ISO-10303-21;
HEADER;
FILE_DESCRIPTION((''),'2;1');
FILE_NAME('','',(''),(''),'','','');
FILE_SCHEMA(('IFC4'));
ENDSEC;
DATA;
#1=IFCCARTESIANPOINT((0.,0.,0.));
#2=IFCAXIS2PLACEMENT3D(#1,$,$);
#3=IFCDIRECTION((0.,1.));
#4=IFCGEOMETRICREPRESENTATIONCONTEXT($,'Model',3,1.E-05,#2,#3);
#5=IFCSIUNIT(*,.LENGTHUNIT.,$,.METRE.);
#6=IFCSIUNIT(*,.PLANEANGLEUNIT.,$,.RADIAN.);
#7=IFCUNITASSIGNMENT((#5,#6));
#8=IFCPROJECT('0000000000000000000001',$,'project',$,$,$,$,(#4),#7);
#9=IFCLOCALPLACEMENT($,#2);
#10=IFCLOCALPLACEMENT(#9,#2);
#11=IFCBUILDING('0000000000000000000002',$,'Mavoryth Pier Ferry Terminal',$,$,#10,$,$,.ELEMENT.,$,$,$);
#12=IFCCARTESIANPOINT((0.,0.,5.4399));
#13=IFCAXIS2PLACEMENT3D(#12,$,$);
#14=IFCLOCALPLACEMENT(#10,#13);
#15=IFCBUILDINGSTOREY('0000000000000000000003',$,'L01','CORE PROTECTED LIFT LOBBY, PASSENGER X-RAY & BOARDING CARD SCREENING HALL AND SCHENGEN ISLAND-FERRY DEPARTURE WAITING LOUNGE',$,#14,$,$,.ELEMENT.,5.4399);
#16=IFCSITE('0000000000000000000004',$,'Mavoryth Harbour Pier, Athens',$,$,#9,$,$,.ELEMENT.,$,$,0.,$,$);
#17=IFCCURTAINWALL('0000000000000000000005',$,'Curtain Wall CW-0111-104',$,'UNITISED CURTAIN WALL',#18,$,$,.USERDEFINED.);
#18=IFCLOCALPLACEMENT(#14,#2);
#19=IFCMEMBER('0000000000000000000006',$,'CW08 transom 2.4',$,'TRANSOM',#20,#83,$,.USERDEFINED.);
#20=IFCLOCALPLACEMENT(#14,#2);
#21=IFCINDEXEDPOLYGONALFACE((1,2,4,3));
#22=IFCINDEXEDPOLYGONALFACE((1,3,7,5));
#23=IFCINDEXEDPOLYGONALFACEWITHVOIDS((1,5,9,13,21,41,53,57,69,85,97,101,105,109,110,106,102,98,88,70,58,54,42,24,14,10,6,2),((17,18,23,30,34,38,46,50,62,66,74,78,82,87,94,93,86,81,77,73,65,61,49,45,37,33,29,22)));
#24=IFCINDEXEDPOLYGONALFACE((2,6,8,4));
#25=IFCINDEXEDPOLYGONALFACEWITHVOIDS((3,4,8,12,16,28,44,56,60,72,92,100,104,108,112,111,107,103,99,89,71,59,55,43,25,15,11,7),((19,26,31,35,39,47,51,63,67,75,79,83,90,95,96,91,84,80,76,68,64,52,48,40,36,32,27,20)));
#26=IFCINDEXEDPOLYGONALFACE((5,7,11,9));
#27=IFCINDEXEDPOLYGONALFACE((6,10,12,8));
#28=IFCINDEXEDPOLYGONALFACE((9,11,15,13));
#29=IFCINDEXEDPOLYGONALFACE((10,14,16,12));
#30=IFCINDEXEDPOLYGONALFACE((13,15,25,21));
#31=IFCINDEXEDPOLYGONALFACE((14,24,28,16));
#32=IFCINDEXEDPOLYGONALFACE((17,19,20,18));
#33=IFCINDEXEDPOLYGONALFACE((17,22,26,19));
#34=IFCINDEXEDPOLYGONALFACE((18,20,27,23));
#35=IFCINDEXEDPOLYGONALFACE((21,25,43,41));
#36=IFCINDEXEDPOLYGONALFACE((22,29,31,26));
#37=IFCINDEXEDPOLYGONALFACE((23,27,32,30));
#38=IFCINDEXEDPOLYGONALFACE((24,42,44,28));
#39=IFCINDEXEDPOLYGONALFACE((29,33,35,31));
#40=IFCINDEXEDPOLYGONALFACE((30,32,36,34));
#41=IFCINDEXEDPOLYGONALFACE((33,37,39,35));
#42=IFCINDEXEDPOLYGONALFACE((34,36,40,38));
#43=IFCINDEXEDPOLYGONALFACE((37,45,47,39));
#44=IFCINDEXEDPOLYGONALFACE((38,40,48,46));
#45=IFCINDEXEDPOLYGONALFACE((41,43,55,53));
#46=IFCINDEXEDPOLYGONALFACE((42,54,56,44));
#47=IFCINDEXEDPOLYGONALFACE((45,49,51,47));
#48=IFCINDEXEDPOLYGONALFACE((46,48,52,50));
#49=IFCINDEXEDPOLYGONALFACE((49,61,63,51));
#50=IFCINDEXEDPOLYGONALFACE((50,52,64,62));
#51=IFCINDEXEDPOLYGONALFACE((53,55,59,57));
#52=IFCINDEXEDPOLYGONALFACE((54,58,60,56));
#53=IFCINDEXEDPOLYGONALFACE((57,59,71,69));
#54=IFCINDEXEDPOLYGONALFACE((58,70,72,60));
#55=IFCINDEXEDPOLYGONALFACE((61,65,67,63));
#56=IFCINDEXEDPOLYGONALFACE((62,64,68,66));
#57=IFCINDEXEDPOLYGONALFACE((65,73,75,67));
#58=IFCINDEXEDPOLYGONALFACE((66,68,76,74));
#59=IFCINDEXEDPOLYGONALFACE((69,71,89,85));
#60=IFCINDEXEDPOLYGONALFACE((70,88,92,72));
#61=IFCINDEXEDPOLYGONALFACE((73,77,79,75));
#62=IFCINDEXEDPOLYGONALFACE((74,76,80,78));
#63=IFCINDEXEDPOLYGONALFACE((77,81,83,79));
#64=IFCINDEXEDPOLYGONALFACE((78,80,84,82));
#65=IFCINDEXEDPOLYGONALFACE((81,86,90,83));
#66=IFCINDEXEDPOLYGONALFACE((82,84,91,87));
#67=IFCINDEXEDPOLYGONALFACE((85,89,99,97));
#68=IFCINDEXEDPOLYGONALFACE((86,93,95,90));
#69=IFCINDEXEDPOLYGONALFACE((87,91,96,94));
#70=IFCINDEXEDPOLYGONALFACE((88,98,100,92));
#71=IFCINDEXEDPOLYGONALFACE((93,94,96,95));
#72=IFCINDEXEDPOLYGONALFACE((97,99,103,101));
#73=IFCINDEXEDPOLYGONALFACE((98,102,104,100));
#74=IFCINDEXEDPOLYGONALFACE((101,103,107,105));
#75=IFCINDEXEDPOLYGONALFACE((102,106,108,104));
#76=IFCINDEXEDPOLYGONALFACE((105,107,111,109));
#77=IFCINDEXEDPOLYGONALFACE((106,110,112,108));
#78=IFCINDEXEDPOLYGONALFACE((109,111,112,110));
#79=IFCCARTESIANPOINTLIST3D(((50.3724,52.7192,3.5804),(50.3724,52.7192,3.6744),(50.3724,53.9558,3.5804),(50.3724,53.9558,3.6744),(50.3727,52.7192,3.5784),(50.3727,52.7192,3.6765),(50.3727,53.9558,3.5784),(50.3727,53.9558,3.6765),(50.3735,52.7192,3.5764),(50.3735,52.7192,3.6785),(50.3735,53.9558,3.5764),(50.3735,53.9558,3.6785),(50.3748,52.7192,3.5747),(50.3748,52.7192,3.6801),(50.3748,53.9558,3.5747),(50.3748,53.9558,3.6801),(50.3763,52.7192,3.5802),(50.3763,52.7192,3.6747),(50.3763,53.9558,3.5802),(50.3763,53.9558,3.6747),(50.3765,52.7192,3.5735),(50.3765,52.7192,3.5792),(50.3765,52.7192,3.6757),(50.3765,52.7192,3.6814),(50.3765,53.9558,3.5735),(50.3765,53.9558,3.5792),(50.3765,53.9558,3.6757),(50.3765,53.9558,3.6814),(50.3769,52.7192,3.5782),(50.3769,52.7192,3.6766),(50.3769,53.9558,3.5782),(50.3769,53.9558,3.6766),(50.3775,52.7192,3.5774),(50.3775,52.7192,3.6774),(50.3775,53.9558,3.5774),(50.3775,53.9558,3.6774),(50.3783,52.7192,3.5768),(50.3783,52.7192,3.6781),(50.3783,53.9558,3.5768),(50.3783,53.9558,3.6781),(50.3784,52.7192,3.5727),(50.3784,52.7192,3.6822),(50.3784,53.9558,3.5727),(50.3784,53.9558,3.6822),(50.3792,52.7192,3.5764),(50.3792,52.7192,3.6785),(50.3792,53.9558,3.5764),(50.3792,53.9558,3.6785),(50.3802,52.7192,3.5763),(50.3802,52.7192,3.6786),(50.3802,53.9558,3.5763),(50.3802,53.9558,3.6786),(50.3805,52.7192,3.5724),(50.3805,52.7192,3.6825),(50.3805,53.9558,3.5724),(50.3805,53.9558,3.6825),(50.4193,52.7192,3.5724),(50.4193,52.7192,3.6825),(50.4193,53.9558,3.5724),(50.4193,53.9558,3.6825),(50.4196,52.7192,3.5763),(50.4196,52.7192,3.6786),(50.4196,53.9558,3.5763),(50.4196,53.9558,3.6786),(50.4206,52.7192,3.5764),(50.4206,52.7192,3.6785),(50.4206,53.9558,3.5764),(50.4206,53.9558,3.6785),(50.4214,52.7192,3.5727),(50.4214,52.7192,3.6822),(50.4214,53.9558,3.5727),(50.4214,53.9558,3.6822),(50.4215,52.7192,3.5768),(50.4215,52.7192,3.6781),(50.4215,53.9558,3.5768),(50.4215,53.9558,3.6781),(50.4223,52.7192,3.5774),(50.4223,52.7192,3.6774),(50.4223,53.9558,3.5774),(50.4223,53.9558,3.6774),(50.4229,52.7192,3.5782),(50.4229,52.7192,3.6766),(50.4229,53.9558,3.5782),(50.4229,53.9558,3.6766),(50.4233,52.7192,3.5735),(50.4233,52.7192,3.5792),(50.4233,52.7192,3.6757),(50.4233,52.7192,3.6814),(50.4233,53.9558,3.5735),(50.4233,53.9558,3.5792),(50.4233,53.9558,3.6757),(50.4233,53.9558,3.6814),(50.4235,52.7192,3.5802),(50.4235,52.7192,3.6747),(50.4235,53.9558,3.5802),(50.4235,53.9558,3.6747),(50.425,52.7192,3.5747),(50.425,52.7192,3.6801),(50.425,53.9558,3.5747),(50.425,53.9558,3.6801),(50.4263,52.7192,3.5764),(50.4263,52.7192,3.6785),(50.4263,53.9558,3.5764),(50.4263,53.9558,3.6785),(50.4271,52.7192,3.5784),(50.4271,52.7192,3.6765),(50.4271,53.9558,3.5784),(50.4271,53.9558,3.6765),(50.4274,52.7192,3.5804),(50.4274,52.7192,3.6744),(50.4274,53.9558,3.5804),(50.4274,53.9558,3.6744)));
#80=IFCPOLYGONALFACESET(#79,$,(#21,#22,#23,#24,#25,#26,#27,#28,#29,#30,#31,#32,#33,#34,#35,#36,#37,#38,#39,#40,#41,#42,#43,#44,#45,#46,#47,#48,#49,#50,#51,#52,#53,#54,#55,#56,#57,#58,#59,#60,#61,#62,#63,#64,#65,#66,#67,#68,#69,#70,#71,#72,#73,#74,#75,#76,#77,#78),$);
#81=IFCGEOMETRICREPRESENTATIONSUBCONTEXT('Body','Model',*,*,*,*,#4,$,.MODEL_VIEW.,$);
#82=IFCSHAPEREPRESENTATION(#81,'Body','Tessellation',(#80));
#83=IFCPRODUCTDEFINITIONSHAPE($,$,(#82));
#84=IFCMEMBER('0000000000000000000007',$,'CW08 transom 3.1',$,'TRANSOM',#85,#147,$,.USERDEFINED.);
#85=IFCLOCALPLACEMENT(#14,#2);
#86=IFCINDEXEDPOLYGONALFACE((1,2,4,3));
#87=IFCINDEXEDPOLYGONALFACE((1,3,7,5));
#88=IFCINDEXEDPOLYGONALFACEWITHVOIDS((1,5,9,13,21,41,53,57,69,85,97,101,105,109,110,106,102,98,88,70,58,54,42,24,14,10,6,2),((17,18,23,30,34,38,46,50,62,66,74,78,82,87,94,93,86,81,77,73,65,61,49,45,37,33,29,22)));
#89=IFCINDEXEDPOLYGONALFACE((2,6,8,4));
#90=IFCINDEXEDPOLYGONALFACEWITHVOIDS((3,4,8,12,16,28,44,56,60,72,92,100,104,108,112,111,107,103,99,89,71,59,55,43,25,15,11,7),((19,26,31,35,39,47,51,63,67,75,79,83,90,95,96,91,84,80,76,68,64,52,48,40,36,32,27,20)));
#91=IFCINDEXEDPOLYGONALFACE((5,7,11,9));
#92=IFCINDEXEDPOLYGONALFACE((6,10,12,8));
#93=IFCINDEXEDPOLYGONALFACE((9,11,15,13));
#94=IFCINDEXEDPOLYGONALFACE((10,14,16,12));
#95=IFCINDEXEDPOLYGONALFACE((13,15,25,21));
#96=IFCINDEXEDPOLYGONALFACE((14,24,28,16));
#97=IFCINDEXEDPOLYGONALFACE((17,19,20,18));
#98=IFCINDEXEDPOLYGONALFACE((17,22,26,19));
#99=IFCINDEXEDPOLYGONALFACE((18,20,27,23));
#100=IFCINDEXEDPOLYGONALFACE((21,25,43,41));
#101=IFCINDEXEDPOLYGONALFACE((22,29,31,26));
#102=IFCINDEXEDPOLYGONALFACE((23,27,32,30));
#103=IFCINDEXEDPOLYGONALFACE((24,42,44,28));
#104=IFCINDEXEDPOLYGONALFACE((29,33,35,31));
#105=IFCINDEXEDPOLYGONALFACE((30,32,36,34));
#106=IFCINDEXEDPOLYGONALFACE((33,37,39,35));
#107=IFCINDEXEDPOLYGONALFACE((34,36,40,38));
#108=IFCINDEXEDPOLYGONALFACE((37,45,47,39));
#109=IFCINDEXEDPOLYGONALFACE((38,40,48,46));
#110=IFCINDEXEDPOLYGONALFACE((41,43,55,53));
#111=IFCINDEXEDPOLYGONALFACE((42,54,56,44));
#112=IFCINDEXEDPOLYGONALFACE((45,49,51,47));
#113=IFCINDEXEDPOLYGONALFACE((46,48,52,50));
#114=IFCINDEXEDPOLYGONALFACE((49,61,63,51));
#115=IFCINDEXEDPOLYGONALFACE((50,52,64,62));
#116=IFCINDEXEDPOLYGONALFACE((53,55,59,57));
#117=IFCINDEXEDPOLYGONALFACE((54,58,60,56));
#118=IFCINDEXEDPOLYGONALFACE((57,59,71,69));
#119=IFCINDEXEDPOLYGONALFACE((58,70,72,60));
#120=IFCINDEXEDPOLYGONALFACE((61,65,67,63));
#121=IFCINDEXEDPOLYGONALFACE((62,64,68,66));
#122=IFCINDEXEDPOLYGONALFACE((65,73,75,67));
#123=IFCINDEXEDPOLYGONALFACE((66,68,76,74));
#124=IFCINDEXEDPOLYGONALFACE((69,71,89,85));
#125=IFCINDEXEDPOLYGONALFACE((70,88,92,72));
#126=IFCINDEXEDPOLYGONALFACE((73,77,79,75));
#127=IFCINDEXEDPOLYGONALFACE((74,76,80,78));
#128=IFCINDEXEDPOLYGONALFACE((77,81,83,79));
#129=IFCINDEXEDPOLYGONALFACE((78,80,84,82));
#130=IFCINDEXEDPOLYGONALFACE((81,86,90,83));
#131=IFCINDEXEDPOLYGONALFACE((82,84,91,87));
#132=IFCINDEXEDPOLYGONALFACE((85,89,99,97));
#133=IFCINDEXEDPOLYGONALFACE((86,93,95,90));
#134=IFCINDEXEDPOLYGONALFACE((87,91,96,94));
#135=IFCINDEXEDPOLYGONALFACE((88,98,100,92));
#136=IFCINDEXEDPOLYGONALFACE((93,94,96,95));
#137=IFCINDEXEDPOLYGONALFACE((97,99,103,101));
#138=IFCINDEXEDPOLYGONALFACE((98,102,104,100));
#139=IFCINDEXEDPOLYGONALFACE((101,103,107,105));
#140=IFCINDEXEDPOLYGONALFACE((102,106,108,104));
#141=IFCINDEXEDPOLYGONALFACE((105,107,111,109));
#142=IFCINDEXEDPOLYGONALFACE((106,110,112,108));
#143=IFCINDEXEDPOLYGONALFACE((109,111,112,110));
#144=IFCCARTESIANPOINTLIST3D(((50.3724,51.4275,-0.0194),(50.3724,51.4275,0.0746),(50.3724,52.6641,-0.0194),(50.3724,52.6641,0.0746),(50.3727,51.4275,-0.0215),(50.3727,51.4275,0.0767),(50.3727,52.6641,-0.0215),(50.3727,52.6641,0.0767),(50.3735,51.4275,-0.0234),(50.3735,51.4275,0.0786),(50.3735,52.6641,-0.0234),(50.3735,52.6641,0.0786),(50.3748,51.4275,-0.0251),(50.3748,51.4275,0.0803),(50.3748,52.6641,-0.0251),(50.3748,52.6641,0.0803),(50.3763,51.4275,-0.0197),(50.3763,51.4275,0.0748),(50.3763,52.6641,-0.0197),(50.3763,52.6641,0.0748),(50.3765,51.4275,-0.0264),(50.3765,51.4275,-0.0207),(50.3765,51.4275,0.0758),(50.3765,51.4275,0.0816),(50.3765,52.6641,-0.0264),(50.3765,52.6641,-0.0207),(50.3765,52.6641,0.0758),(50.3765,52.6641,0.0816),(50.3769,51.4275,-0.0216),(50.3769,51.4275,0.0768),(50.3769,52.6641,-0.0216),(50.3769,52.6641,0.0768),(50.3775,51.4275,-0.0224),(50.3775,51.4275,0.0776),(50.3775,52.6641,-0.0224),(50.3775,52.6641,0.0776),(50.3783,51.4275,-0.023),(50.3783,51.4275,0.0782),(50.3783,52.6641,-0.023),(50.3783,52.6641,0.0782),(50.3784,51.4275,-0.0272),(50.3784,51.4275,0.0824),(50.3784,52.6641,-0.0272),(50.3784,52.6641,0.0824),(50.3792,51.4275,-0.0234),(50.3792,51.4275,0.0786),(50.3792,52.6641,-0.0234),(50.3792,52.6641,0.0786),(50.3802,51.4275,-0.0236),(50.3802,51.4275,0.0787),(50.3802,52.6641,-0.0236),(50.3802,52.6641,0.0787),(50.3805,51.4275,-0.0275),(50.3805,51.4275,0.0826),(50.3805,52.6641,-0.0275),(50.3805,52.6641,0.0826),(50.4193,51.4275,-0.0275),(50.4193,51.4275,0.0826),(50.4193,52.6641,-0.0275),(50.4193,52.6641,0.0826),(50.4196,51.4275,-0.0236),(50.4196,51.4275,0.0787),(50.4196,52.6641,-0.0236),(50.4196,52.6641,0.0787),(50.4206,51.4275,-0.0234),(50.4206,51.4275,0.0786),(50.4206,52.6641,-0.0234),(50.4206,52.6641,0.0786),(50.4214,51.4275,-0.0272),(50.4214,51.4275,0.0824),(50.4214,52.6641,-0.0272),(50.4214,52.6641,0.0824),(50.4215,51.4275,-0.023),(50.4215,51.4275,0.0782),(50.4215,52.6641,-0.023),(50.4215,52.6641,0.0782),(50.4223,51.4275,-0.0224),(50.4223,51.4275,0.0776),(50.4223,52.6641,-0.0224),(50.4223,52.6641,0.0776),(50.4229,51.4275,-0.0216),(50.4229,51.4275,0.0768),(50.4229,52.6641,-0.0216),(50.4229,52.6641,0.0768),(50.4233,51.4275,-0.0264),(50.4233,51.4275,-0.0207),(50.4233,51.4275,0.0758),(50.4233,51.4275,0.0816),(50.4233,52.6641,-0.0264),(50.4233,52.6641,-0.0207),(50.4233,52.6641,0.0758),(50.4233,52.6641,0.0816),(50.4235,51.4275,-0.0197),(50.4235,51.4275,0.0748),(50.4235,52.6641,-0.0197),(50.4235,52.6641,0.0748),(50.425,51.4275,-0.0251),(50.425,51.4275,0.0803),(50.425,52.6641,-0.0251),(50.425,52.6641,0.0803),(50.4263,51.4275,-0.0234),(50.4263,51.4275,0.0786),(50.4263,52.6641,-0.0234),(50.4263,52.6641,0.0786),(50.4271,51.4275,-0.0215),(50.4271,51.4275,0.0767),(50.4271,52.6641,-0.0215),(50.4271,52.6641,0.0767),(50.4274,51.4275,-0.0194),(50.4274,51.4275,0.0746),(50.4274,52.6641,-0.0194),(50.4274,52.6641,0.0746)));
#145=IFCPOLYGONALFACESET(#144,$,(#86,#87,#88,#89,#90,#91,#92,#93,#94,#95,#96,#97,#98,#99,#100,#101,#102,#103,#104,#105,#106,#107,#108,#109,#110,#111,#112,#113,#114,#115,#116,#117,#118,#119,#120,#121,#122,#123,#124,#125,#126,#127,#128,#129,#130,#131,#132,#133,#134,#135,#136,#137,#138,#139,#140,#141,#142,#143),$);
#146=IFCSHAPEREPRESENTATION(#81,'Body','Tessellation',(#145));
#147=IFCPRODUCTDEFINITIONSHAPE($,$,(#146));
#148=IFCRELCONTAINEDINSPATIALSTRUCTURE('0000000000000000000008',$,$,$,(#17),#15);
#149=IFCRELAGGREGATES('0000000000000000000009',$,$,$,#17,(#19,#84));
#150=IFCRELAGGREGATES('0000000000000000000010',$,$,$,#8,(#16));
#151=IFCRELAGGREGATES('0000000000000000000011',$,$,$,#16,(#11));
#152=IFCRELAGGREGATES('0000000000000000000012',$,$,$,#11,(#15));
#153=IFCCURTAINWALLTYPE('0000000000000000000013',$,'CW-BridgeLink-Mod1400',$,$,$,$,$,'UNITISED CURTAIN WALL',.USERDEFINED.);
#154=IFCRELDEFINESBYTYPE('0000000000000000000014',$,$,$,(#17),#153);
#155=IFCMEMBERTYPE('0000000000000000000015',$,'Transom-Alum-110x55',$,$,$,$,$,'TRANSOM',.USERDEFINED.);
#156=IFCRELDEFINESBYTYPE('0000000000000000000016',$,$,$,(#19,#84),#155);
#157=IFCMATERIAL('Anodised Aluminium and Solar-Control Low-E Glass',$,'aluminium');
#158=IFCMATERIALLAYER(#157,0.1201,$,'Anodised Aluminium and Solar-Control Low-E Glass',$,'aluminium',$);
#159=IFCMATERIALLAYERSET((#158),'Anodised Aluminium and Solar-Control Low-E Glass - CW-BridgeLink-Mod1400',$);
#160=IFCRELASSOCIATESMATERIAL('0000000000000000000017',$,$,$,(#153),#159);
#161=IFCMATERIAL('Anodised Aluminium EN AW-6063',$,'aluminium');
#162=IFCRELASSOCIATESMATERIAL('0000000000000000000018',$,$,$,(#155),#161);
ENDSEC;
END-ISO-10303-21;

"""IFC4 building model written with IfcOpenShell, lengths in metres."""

from ifc_helpers import new_model, si_unit, direction, frame, origin, origin_2d, place, context, subcontext, project, spatial, hollow_rectangle, extrude, material, layer, layer_set, material_profile, profile_set, type_object, element, aggregate, save


model = new_model("IFC4")

# Units and contexts
model_context = context("Model", 3, precision=1e-05, world=origin(), true_north=direction((0.0, 1.0)))
body_context = subcontext(model_context, "Body", "Model", "MODEL_VIEW")
ifc_project = project(units=[si_unit("LENGTHUNIT", "METRE"), si_unit("PLANEANGLEUNIT", "RADIAN")], contexts=[model_context])

# Site, building, storey
site_placement = place(None, origin())
site = spatial("IfcSite", under=ifc_project, at=site_placement, Name="Mavoryth Harbour Pier, Athens", CompositionType="ELEMENT", RefElevation=0.0)
building_placement = place(site_placement, origin())
building = spatial("IfcBuilding", under=site, at=building_placement, Name="Mavoryth Pier Ferry Terminal", CompositionType="ELEMENT")
storey_placement = place(building_placement, frame((0.0, 0.0, 5.4399)))
storey = spatial("IfcBuildingStorey", under=building, at=storey_placement, Name="L01", Description="CORE PROTECTED LIFT LOBBY, PASSENGER X-RAY & BOARDING CARD SCREENING HALL AND SCHENGEN ISLAND-FERRY DEPARTURE WAITING LOUNGE", CompositionType="ELEMENT", Elevation=5.4399)

# Curtain wall, members
ifc_material_1 = material(Name="Anodised Aluminium and Solar-Control Low-E Glass", Category="aluminium")
ifc_layer_1 = layer(ifc_material_1, 0.1201, Name="Anodised Aluminium and Solar-Control Low-E Glass", Category="aluminium")
ifc_layer_set_1 = layer_set([ifc_layer_1], Name="Anodised Aluminium and Solar-Control Low-E Glass - CW-BridgeLink-Mod1400")
curtain_wall_type = type_object("IfcCurtainWallType", Name="CW-BridgeLink-Mod1400", ElementType="UNITISED CURTAIN WALL", PredefinedType="USERDEFINED", material=ifc_layer_set_1)
curtain_wall_placement = place(storey_placement, origin())
curtain_wall = element("IfcCurtainWall", 1, at=curtain_wall_placement, inside=storey, type_object=curtain_wall_type, Name="Curtain Wall CW-0111-104", ObjectType="UNITISED CURTAIN WALL", PredefinedType="USERDEFINED")
ifc_material_2 = material(Name="Anodised Aluminium EN AW-6063", Category="aluminium")
ifc_material_profile_1 = material_profile(ifc_material_2, hollow_rectangle(XDim=0.0549, YDim=0.1101, WallThickness=0.0039, InnerFilletRadius=0.0039, OuterFilletRadius=0.0081, at=origin_2d()), Name="AL-TRAN 110x55x4", Category="aluminium")
ifc_profile_set_1 = profile_set([ifc_material_profile_1], Name="Anodised Aluminium EN AW-6063 - AL-TRAN 110x55x4")
member_type_1 = type_object("IfcMemberType", Name="Transom-Alum-110x55", ElementType="TRANSOM", PredefinedType="USERDEFINED", material=ifc_profile_set_1)
member_1_placement = place(storey_placement, frame((50.3999, 53.9558, 3.6274), z_axis=(0.0, -1.0, 0.0), x_axis=(1.0, 0.0, 0.0)))
member_1 = element("IfcMember", 2, at=member_1_placement, type_object=member_type_1, Name="CW08 transom 2.4", ObjectType="TRANSOM", PredefinedType="USERDEFINED", context=body_context, shape_type="SweptSolid", body=[
    extrude(hollow_rectangle(XDim=0.0549, YDim=0.1101, WallThickness=0.0039, InnerFilletRadius=0.0039, OuterFilletRadius=0.0081, at=origin_2d()), origin(), (0.0, 0.0, 1.0), 1.2366),
])
member_2_placement = place(storey_placement, frame((50.3999, 52.6641, 0.0276), z_axis=(0.0, -1.0, 0.0), x_axis=(1.0, 0.0, 0.0)))
member_2 = element("IfcMember", 3, at=member_2_placement, type_object=member_type_1, Name="CW08 transom 3.1", ObjectType="TRANSOM", PredefinedType="USERDEFINED", context=body_context, shape_type="SweptSolid", body=[
    extrude(hollow_rectangle(XDim=0.0549, YDim=0.1101, WallThickness=0.0039, InnerFilletRadius=0.0039, OuterFilletRadius=0.0081, at=origin_2d()), origin(), (0.0, 0.0, 1.0), 1.2366),
])
aggregate(curtain_wall, [member_1, member_2])

save(model, "model.ifc")
